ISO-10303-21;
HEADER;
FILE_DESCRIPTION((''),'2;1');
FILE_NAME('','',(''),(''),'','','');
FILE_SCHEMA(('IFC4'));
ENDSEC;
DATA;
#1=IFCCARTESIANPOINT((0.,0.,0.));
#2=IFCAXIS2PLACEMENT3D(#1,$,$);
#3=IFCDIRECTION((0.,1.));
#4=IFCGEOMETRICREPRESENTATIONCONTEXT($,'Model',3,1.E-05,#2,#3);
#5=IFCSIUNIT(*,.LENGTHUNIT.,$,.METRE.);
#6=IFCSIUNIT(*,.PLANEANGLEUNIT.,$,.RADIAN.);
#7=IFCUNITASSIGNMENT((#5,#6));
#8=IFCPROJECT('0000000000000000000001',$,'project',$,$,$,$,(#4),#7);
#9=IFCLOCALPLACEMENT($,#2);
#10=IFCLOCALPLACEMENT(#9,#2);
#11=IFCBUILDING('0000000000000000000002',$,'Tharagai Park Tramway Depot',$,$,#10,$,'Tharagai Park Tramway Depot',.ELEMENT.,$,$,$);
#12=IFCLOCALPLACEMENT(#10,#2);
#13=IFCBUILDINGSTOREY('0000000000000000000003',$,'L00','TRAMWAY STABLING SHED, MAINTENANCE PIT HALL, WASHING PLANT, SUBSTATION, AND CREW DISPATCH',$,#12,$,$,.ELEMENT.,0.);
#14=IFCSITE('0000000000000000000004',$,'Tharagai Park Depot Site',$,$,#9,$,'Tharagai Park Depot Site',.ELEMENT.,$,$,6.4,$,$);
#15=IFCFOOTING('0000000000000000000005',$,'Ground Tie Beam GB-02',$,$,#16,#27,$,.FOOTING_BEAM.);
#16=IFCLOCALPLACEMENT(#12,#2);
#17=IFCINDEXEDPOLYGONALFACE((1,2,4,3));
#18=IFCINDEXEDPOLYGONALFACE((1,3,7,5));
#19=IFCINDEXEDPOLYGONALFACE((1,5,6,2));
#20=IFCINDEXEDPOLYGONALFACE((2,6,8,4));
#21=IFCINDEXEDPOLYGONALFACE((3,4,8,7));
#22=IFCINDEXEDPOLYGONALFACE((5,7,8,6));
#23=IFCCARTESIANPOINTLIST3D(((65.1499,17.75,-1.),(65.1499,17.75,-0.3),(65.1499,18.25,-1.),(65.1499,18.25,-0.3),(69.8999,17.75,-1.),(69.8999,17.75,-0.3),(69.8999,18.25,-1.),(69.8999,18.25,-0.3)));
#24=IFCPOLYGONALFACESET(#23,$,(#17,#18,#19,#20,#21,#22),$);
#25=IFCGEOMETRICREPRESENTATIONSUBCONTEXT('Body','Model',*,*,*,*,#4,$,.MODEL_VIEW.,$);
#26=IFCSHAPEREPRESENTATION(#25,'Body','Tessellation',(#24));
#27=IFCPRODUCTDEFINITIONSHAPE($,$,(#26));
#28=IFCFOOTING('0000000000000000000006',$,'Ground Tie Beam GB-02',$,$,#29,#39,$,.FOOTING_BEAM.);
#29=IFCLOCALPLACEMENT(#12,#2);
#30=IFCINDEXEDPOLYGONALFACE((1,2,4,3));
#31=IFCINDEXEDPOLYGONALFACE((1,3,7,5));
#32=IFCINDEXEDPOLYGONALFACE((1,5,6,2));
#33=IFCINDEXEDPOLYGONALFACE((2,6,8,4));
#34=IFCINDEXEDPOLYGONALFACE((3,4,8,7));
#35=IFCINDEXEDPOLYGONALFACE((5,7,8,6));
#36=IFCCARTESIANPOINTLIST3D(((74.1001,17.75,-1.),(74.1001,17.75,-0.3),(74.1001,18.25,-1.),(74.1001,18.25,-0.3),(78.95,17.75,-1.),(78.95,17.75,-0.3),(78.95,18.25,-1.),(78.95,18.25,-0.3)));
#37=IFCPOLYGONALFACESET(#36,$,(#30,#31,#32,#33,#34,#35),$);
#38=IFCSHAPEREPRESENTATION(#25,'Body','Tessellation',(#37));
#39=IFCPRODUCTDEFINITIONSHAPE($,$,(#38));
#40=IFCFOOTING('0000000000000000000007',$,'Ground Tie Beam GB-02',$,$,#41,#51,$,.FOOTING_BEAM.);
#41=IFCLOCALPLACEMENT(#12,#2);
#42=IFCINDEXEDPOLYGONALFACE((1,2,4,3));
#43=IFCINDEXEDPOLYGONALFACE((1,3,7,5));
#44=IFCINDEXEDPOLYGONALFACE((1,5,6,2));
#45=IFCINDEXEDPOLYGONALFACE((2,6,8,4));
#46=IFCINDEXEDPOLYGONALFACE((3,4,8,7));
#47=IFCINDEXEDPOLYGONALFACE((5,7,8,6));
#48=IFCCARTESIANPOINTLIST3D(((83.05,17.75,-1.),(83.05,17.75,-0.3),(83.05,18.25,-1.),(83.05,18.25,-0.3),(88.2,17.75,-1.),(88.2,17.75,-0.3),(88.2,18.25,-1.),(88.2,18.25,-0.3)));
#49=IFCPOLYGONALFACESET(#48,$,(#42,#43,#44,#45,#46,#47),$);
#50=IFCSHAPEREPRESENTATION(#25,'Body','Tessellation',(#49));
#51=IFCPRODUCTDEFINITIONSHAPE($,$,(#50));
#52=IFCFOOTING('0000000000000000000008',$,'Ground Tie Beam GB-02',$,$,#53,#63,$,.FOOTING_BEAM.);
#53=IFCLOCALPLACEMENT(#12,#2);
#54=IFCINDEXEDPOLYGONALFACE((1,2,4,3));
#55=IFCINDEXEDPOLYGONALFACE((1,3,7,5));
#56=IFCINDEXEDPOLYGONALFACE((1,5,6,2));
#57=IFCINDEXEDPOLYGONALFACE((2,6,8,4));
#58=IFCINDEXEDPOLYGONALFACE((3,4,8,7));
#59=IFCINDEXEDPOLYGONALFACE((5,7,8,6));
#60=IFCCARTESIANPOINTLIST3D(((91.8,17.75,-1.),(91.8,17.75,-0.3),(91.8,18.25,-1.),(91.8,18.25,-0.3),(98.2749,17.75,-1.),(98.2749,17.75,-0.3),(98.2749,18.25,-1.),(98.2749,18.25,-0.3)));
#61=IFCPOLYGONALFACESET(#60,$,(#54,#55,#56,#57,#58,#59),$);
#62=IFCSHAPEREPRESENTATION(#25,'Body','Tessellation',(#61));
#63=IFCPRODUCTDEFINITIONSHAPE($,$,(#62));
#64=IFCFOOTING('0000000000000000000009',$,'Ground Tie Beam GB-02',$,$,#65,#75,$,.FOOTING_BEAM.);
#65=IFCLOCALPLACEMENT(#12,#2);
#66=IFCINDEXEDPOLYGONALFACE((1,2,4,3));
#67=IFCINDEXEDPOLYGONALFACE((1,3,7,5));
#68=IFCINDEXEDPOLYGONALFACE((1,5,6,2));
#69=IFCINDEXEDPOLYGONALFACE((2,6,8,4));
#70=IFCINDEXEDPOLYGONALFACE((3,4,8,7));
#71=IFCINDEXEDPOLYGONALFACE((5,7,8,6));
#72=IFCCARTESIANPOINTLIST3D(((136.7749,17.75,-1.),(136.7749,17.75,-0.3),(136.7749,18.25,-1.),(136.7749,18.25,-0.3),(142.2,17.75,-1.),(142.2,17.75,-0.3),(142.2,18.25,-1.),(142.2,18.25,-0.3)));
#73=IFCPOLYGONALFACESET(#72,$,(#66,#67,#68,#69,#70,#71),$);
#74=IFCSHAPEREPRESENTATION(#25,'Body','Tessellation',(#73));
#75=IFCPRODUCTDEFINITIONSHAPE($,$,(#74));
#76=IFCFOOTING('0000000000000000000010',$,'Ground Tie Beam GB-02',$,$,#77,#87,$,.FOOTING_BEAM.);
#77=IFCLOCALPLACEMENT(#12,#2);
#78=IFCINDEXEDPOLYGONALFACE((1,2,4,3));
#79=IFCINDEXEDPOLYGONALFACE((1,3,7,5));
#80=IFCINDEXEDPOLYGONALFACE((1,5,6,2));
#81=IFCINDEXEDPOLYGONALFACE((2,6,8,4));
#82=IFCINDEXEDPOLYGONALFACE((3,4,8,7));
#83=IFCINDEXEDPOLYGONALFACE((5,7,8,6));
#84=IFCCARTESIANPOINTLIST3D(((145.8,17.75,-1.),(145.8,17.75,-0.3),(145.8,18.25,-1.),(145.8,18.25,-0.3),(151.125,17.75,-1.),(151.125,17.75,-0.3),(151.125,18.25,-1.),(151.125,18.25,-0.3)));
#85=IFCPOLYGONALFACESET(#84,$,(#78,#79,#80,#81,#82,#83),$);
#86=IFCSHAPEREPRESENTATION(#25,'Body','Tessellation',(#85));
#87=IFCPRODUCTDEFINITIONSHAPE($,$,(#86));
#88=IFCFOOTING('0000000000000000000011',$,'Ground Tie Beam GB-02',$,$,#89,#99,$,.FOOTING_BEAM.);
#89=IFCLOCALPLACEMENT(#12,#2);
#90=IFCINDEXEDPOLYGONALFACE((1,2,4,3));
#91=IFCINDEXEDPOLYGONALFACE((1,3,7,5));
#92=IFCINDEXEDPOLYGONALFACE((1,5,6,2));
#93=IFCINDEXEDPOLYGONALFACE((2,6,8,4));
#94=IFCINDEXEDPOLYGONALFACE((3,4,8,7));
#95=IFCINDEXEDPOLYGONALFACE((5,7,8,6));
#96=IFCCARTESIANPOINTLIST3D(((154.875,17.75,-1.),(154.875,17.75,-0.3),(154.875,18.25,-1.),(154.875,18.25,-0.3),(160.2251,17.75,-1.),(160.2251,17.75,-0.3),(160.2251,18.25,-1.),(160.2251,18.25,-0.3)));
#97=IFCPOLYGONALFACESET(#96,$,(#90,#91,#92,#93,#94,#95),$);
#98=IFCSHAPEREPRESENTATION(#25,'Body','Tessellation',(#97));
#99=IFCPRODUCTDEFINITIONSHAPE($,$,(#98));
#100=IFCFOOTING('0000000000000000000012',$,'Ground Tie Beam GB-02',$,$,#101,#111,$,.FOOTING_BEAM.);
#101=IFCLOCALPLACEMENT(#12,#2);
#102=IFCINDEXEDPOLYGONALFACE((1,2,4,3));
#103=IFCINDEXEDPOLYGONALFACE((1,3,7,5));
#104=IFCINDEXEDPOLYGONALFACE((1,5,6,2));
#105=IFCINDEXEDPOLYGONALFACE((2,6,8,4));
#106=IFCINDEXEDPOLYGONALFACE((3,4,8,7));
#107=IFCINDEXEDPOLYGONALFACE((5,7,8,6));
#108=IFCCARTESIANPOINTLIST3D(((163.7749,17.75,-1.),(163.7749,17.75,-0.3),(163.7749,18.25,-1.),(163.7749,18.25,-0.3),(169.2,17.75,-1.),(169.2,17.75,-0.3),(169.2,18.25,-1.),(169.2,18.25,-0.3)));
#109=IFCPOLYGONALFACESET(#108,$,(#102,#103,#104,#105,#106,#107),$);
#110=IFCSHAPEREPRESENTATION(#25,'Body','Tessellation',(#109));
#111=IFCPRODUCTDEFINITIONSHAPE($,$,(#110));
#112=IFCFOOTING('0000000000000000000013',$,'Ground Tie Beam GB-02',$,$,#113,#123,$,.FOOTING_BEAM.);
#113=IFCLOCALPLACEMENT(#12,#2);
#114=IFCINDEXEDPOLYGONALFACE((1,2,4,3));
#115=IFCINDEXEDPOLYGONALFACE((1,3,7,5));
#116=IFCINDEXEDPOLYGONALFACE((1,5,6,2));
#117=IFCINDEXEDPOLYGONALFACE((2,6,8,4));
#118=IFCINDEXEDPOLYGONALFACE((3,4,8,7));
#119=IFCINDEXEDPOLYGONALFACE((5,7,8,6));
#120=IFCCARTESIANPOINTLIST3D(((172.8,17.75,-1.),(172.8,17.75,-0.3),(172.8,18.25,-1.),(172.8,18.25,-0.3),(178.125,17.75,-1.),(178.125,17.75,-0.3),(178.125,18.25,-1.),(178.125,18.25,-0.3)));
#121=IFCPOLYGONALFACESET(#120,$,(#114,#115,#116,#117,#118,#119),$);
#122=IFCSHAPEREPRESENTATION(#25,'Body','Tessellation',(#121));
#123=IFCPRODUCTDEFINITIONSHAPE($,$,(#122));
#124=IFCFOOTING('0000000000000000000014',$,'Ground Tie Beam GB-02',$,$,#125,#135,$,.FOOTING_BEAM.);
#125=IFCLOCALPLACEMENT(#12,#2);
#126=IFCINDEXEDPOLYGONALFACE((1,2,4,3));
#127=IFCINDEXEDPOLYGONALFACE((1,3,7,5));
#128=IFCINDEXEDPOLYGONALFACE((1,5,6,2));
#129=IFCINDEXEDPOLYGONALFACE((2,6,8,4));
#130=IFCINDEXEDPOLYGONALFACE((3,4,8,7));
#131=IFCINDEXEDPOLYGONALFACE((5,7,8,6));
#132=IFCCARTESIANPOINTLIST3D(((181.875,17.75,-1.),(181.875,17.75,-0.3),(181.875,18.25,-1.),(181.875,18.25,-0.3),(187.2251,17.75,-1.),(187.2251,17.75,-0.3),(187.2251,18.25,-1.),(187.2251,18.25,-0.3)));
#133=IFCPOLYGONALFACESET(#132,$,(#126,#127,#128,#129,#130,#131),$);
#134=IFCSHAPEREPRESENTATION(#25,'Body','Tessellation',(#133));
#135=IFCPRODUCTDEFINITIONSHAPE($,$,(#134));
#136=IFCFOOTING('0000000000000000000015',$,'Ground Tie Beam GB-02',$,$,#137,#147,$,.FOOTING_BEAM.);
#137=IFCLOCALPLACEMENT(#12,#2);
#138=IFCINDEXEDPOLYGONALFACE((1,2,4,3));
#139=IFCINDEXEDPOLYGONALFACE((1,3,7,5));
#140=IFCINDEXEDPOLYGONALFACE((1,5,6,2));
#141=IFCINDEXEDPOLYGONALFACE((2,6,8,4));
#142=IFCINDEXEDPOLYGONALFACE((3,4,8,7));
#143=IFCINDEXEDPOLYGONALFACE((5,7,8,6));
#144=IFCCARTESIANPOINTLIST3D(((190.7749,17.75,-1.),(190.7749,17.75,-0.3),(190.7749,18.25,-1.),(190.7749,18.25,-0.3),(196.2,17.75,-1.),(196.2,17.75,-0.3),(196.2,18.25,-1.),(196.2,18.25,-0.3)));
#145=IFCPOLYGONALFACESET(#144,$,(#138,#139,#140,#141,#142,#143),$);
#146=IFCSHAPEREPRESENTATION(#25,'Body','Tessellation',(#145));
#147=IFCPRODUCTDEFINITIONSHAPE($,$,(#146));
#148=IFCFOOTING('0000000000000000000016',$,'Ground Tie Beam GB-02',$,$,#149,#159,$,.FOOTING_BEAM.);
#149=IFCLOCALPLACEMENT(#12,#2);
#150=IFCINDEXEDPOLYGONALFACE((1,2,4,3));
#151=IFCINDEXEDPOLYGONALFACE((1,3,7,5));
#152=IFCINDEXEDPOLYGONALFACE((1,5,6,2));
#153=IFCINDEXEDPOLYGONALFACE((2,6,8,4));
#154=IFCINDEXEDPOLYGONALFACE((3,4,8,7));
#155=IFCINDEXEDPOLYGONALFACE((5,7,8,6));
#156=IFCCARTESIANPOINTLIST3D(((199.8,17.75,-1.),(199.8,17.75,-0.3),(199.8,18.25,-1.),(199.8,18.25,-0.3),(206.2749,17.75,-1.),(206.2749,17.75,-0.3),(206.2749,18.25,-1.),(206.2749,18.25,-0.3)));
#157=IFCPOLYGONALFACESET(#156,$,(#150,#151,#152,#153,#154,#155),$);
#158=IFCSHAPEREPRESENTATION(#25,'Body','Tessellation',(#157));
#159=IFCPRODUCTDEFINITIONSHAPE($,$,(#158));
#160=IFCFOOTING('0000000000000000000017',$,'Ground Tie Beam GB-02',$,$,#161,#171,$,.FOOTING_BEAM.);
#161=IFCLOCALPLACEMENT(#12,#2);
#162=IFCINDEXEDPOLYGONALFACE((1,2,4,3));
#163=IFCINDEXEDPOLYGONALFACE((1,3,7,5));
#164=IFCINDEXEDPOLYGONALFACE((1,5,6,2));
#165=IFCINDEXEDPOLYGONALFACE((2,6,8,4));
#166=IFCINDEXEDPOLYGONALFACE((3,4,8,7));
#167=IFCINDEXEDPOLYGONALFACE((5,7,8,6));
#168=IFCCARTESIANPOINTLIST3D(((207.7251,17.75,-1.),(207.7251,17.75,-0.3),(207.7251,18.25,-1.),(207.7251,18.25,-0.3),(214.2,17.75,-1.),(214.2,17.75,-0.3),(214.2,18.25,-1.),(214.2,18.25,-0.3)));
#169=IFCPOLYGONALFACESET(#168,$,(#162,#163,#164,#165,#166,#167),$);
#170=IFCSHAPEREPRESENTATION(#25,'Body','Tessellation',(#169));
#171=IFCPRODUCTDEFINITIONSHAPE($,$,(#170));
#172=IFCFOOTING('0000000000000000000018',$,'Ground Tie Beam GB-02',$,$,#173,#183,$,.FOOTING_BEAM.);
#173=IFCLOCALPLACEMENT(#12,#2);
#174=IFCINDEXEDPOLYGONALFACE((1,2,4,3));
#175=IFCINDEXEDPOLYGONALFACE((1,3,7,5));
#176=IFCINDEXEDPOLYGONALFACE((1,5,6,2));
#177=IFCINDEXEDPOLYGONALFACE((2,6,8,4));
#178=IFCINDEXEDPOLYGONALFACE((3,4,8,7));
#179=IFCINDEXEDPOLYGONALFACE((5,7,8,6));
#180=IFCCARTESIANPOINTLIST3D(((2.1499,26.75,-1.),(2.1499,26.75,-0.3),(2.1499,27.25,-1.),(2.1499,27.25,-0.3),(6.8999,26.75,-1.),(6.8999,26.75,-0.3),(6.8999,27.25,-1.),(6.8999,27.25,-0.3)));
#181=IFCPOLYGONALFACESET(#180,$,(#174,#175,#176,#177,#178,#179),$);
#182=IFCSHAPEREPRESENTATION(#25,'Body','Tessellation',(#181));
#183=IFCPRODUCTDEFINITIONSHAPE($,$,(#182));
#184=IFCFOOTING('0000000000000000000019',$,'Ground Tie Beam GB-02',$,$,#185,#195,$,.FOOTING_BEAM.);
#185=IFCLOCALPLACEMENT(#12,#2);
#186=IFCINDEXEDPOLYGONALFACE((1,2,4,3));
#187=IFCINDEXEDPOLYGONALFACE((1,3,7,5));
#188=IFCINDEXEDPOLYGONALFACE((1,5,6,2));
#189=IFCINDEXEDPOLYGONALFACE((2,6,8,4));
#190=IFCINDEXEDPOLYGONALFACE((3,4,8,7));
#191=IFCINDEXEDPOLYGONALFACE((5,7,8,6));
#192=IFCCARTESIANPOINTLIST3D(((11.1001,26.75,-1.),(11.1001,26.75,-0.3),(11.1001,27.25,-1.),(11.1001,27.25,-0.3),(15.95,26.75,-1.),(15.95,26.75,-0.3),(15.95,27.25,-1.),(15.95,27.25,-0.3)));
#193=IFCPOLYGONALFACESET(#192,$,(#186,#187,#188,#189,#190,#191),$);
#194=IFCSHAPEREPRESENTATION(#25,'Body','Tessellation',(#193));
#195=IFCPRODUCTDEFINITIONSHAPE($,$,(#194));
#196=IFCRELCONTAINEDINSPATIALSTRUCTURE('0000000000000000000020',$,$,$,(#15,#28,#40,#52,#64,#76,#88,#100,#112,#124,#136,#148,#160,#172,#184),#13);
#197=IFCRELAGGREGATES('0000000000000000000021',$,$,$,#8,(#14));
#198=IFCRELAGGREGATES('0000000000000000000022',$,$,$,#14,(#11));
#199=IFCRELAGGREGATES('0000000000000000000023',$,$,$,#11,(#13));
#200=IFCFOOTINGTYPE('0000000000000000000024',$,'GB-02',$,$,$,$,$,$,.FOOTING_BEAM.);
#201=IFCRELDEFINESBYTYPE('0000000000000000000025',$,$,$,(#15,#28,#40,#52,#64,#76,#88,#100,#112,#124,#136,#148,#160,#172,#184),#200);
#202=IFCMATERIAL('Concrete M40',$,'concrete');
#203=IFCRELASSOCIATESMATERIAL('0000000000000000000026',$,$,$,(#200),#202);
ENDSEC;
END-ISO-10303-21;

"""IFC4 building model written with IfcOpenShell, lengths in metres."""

from ifc_helpers import new_model, si_unit, direction, frame, origin, place, context, subcontext, project, spatial, polyline, outline, extrude, material, type_object, element, save


model = new_model("IFC4")

# Units and contexts
model_context = context("Model", 3, precision=1e-05, world=origin(), true_north=direction((0.0, 1.0)))
body_context = subcontext(model_context, "Body", "Model", "MODEL_VIEW")
ifc_project = project(units=[si_unit("LENGTHUNIT", "METRE"), si_unit("PLANEANGLEUNIT", "RADIAN")], contexts=[model_context])

# Site, building, storey
site_placement = place(None, origin())
site = spatial("IfcSite", under=ifc_project, at=site_placement, Name="Tharagai Park Depot Site", LongName="Tharagai Park Depot Site", CompositionType="ELEMENT", RefElevation=6.4)
building_placement = place(site_placement, origin())
building = spatial("IfcBuilding", under=site, at=building_placement, Name="Tharagai Park Tramway Depot", LongName="Tharagai Park Tramway Depot", CompositionType="ELEMENT")
storey_placement = place(building_placement, origin())
storey = spatial("IfcBuildingStorey", under=building, at=storey_placement, Name="L00", Description="TRAMWAY STABLING SHED, MAINTENANCE PIT HALL, WASHING PLANT, SUBSTATION, AND CREW DISPATCH", CompositionType="ELEMENT", Elevation=0.0)

# Footings
ifc_material = material(Name="Concrete M40", Category="concrete")
footing_type = type_object("IfcFootingType", Name="GB-02", PredefinedType="FOOTING_BEAM", material=ifc_material)
footing_1_placement = place(storey_placement, frame((0.0, 0.0, -1.0)))
element("IfcFooting", 1, at=footing_1_placement, inside=storey, type_object=footing_type, Name="Ground Tie Beam GB-02", PredefinedType="FOOTING_BEAM", context=body_context, shape_type="SweptSolid", body=[
    extrude(outline(polyline([(65.1499, 17.75), (69.8999, 17.75), (69.8999, 18.25), (65.1499, 18.25), (65.1499, 17.75)])), origin(), (0.0, 0.0, 1.0), 0.7),
])
footing_2_placement = place(storey_placement, frame((0.0, 0.0, -1.0)))
element("IfcFooting", 2, at=footing_2_placement, inside=storey, type_object=footing_type, Name="Ground Tie Beam GB-02", PredefinedType="FOOTING_BEAM", context=body_context, shape_type="SweptSolid", body=[
    extrude(outline(polyline([(74.1001, 17.75), (78.95, 17.75), (78.95, 18.25), (74.1001, 18.25), (74.1001, 17.75)])), origin(), (0.0, 0.0, 1.0), 0.7),
])
footing_3_placement = place(storey_placement, frame((0.0, 0.0, -1.0)))
element("IfcFooting", 3, at=footing_3_placement, inside=storey, type_object=footing_type, Name="Ground Tie Beam GB-02", PredefinedType="FOOTING_BEAM", context=body_context, shape_type="SweptSolid", body=[
    extrude(outline(polyline([(83.05, 17.75), (88.2, 17.75), (88.2, 18.25), (83.05, 18.25), (83.05, 17.75)])), origin(), (0.0, 0.0, 1.0), 0.7),
])
footing_4_placement = place(storey_placement, frame((0.0, 0.0, -1.0)))
element("IfcFooting", 4, at=footing_4_placement, inside=storey, type_object=footing_type, Name="Ground Tie Beam GB-02", PredefinedType="FOOTING_BEAM", context=body_context, shape_type="SweptSolid", body=[
    extrude(outline(polyline([(91.8, 17.75), (98.2749, 17.75), (98.2749, 18.25), (91.8, 18.25), (91.8, 17.75)])), origin(), (0.0, 0.0, 1.0), 0.7),
])
footing_5_placement = place(storey_placement, frame((0.0, 0.0, -1.0)))
element("IfcFooting", 5, at=footing_5_placement, inside=storey, type_object=footing_type, Name="Ground Tie Beam GB-02", PredefinedType="FOOTING_BEAM", context=body_context, shape_type="SweptSolid", body=[
    extrude(outline(polyline([(136.7749, 17.75), (142.2, 17.75), (142.2, 18.25), (136.7749, 18.25), (136.7749, 17.75)])), origin(), (0.0, 0.0, 1.0), 0.7),
])
footing_6_placement = place(storey_placement, frame((0.0, 0.0, -1.0)))
element("IfcFooting", 6, at=footing_6_placement, inside=storey, type_object=footing_type, Name="Ground Tie Beam GB-02", PredefinedType="FOOTING_BEAM", context=body_context, shape_type="SweptSolid", body=[
    extrude(outline(polyline([(145.8, 17.75), (151.125, 17.75), (151.125, 18.25), (145.8, 18.25), (145.8, 17.75)])), origin(), (0.0, 0.0, 1.0), 0.7),
])
footing_7_placement = place(storey_placement, frame((0.0, 0.0, -1.0)))
element("IfcFooting", 7, at=footing_7_placement, inside=storey, type_object=footing_type, Name="Ground Tie Beam GB-02", PredefinedType="FOOTING_BEAM", context=body_context, shape_type="SweptSolid", body=[
    extrude(outline(polyline([(154.875, 17.75), (160.2251, 17.75), (160.2251, 18.25), (154.875, 18.25), (154.875, 17.75)])), origin(), (0.0, 0.0, 1.0), 0.7),
])
footing_8_placement = place(storey_placement, frame((0.0, 0.0, -1.0)))
element("IfcFooting", 8, at=footing_8_placement, inside=storey, type_object=footing_type, Name="Ground Tie Beam GB-02", PredefinedType="FOOTING_BEAM", context=body_context, shape_type="SweptSolid", body=[
    extrude(outline(polyline([(163.7749, 17.75), (169.2, 17.75), (169.2, 18.25), (163.7749, 18.25), (163.7749, 17.75)])), origin(), (0.0, 0.0, 1.0), 0.7),
])
footing_9_placement = place(storey_placement, frame((0.0, 0.0, -1.0)))
element("IfcFooting", 9, at=footing_9_placement, inside=storey, type_object=footing_type, Name="Ground Tie Beam GB-02", PredefinedType="FOOTING_BEAM", context=body_context, shape_type="SweptSolid", body=[
    extrude(outline(polyline([(172.8, 17.75), (178.125, 17.75), (178.125, 18.25), (172.8, 18.25), (172.8, 17.75)])), origin(), (0.0, 0.0, 1.0), 0.7),
])
footing_10_placement = place(storey_placement, frame((0.0, 0.0, -1.0)))
element("IfcFooting", 10, at=footing_10_placement, inside=storey, type_object=footing_type, Name="Ground Tie Beam GB-02", PredefinedType="FOOTING_BEAM", context=body_context, shape_type="SweptSolid", body=[
    extrude(outline(polyline([(181.875, 17.75), (187.2251, 17.75), (187.2251, 18.25), (181.875, 18.25), (181.875, 17.75)])), origin(), (0.0, 0.0, 1.0), 0.7),
])
footing_11_placement = place(storey_placement, frame((0.0, 0.0, -1.0)))
element("IfcFooting", 11, at=footing_11_placement, inside=storey, type_object=footing_type, Name="Ground Tie Beam GB-02", PredefinedType="FOOTING_BEAM", context=body_context, shape_type="SweptSolid", body=[
    extrude(outline(polyline([(190.7749, 17.75), (196.2, 17.75), (196.2, 18.25), (190.7749, 18.25), (190.7749, 17.75)])), origin(), (0.0, 0.0, 1.0), 0.7),
])
footing_12_placement = place(storey_placement, frame((0.0, 0.0, -1.0)))
element("IfcFooting", 12, at=footing_12_placement, inside=storey, type_object=footing_type, Name="Ground Tie Beam GB-02", PredefinedType="FOOTING_BEAM", context=body_context, shape_type="SweptSolid", body=[
    extrude(outline(polyline([(199.8, 17.75), (206.2749, 17.75), (206.2749, 18.25), (199.8, 18.25), (199.8, 17.75)])), origin(), (0.0, 0.0, 1.0), 0.7),
])
footing_13_placement = place(storey_placement, frame((0.0, 0.0, -1.0)))
element("IfcFooting", 13, at=footing_13_placement, inside=storey, type_object=footing_type, Name="Ground Tie Beam GB-02", PredefinedType="FOOTING_BEAM", context=body_context, shape_type="SweptSolid", body=[
    extrude(outline(polyline([(207.7251, 17.75), (214.2, 17.75), (214.2, 18.25), (207.7251, 18.25), (207.7251, 17.75)])), origin(), (0.0, 0.0, 1.0), 0.7),
])
footing_14_placement = place(storey_placement, frame((0.0, 0.0, -1.0)))
element("IfcFooting", 14, at=footing_14_placement, inside=storey, type_object=footing_type, Name="Ground Tie Beam GB-02", PredefinedType="FOOTING_BEAM", context=body_context, shape_type="SweptSolid", body=[
    extrude(outline(polyline([(2.1499, 26.75), (6.8999, 26.75), (6.8999, 27.25), (2.1499, 27.25), (2.1499, 26.75)])), origin(), (0.0, 0.0, 1.0), 0.7),
])
footing_15_placement = place(storey_placement, frame((0.0, 0.0, -1.0)))
element("IfcFooting", 15, at=footing_15_placement, inside=storey, type_object=footing_type, Name="Ground Tie Beam GB-02", PredefinedType="FOOTING_BEAM", context=body_context, shape_type="SweptSolid", body=[
    extrude(outline(polyline([(11.1001, 26.75), (15.95, 26.75), (15.95, 27.25), (11.1001, 27.25), (11.1001, 26.75)])), origin(), (0.0, 0.0, 1.0), 0.7),
])

save(model, "model.ifc")
